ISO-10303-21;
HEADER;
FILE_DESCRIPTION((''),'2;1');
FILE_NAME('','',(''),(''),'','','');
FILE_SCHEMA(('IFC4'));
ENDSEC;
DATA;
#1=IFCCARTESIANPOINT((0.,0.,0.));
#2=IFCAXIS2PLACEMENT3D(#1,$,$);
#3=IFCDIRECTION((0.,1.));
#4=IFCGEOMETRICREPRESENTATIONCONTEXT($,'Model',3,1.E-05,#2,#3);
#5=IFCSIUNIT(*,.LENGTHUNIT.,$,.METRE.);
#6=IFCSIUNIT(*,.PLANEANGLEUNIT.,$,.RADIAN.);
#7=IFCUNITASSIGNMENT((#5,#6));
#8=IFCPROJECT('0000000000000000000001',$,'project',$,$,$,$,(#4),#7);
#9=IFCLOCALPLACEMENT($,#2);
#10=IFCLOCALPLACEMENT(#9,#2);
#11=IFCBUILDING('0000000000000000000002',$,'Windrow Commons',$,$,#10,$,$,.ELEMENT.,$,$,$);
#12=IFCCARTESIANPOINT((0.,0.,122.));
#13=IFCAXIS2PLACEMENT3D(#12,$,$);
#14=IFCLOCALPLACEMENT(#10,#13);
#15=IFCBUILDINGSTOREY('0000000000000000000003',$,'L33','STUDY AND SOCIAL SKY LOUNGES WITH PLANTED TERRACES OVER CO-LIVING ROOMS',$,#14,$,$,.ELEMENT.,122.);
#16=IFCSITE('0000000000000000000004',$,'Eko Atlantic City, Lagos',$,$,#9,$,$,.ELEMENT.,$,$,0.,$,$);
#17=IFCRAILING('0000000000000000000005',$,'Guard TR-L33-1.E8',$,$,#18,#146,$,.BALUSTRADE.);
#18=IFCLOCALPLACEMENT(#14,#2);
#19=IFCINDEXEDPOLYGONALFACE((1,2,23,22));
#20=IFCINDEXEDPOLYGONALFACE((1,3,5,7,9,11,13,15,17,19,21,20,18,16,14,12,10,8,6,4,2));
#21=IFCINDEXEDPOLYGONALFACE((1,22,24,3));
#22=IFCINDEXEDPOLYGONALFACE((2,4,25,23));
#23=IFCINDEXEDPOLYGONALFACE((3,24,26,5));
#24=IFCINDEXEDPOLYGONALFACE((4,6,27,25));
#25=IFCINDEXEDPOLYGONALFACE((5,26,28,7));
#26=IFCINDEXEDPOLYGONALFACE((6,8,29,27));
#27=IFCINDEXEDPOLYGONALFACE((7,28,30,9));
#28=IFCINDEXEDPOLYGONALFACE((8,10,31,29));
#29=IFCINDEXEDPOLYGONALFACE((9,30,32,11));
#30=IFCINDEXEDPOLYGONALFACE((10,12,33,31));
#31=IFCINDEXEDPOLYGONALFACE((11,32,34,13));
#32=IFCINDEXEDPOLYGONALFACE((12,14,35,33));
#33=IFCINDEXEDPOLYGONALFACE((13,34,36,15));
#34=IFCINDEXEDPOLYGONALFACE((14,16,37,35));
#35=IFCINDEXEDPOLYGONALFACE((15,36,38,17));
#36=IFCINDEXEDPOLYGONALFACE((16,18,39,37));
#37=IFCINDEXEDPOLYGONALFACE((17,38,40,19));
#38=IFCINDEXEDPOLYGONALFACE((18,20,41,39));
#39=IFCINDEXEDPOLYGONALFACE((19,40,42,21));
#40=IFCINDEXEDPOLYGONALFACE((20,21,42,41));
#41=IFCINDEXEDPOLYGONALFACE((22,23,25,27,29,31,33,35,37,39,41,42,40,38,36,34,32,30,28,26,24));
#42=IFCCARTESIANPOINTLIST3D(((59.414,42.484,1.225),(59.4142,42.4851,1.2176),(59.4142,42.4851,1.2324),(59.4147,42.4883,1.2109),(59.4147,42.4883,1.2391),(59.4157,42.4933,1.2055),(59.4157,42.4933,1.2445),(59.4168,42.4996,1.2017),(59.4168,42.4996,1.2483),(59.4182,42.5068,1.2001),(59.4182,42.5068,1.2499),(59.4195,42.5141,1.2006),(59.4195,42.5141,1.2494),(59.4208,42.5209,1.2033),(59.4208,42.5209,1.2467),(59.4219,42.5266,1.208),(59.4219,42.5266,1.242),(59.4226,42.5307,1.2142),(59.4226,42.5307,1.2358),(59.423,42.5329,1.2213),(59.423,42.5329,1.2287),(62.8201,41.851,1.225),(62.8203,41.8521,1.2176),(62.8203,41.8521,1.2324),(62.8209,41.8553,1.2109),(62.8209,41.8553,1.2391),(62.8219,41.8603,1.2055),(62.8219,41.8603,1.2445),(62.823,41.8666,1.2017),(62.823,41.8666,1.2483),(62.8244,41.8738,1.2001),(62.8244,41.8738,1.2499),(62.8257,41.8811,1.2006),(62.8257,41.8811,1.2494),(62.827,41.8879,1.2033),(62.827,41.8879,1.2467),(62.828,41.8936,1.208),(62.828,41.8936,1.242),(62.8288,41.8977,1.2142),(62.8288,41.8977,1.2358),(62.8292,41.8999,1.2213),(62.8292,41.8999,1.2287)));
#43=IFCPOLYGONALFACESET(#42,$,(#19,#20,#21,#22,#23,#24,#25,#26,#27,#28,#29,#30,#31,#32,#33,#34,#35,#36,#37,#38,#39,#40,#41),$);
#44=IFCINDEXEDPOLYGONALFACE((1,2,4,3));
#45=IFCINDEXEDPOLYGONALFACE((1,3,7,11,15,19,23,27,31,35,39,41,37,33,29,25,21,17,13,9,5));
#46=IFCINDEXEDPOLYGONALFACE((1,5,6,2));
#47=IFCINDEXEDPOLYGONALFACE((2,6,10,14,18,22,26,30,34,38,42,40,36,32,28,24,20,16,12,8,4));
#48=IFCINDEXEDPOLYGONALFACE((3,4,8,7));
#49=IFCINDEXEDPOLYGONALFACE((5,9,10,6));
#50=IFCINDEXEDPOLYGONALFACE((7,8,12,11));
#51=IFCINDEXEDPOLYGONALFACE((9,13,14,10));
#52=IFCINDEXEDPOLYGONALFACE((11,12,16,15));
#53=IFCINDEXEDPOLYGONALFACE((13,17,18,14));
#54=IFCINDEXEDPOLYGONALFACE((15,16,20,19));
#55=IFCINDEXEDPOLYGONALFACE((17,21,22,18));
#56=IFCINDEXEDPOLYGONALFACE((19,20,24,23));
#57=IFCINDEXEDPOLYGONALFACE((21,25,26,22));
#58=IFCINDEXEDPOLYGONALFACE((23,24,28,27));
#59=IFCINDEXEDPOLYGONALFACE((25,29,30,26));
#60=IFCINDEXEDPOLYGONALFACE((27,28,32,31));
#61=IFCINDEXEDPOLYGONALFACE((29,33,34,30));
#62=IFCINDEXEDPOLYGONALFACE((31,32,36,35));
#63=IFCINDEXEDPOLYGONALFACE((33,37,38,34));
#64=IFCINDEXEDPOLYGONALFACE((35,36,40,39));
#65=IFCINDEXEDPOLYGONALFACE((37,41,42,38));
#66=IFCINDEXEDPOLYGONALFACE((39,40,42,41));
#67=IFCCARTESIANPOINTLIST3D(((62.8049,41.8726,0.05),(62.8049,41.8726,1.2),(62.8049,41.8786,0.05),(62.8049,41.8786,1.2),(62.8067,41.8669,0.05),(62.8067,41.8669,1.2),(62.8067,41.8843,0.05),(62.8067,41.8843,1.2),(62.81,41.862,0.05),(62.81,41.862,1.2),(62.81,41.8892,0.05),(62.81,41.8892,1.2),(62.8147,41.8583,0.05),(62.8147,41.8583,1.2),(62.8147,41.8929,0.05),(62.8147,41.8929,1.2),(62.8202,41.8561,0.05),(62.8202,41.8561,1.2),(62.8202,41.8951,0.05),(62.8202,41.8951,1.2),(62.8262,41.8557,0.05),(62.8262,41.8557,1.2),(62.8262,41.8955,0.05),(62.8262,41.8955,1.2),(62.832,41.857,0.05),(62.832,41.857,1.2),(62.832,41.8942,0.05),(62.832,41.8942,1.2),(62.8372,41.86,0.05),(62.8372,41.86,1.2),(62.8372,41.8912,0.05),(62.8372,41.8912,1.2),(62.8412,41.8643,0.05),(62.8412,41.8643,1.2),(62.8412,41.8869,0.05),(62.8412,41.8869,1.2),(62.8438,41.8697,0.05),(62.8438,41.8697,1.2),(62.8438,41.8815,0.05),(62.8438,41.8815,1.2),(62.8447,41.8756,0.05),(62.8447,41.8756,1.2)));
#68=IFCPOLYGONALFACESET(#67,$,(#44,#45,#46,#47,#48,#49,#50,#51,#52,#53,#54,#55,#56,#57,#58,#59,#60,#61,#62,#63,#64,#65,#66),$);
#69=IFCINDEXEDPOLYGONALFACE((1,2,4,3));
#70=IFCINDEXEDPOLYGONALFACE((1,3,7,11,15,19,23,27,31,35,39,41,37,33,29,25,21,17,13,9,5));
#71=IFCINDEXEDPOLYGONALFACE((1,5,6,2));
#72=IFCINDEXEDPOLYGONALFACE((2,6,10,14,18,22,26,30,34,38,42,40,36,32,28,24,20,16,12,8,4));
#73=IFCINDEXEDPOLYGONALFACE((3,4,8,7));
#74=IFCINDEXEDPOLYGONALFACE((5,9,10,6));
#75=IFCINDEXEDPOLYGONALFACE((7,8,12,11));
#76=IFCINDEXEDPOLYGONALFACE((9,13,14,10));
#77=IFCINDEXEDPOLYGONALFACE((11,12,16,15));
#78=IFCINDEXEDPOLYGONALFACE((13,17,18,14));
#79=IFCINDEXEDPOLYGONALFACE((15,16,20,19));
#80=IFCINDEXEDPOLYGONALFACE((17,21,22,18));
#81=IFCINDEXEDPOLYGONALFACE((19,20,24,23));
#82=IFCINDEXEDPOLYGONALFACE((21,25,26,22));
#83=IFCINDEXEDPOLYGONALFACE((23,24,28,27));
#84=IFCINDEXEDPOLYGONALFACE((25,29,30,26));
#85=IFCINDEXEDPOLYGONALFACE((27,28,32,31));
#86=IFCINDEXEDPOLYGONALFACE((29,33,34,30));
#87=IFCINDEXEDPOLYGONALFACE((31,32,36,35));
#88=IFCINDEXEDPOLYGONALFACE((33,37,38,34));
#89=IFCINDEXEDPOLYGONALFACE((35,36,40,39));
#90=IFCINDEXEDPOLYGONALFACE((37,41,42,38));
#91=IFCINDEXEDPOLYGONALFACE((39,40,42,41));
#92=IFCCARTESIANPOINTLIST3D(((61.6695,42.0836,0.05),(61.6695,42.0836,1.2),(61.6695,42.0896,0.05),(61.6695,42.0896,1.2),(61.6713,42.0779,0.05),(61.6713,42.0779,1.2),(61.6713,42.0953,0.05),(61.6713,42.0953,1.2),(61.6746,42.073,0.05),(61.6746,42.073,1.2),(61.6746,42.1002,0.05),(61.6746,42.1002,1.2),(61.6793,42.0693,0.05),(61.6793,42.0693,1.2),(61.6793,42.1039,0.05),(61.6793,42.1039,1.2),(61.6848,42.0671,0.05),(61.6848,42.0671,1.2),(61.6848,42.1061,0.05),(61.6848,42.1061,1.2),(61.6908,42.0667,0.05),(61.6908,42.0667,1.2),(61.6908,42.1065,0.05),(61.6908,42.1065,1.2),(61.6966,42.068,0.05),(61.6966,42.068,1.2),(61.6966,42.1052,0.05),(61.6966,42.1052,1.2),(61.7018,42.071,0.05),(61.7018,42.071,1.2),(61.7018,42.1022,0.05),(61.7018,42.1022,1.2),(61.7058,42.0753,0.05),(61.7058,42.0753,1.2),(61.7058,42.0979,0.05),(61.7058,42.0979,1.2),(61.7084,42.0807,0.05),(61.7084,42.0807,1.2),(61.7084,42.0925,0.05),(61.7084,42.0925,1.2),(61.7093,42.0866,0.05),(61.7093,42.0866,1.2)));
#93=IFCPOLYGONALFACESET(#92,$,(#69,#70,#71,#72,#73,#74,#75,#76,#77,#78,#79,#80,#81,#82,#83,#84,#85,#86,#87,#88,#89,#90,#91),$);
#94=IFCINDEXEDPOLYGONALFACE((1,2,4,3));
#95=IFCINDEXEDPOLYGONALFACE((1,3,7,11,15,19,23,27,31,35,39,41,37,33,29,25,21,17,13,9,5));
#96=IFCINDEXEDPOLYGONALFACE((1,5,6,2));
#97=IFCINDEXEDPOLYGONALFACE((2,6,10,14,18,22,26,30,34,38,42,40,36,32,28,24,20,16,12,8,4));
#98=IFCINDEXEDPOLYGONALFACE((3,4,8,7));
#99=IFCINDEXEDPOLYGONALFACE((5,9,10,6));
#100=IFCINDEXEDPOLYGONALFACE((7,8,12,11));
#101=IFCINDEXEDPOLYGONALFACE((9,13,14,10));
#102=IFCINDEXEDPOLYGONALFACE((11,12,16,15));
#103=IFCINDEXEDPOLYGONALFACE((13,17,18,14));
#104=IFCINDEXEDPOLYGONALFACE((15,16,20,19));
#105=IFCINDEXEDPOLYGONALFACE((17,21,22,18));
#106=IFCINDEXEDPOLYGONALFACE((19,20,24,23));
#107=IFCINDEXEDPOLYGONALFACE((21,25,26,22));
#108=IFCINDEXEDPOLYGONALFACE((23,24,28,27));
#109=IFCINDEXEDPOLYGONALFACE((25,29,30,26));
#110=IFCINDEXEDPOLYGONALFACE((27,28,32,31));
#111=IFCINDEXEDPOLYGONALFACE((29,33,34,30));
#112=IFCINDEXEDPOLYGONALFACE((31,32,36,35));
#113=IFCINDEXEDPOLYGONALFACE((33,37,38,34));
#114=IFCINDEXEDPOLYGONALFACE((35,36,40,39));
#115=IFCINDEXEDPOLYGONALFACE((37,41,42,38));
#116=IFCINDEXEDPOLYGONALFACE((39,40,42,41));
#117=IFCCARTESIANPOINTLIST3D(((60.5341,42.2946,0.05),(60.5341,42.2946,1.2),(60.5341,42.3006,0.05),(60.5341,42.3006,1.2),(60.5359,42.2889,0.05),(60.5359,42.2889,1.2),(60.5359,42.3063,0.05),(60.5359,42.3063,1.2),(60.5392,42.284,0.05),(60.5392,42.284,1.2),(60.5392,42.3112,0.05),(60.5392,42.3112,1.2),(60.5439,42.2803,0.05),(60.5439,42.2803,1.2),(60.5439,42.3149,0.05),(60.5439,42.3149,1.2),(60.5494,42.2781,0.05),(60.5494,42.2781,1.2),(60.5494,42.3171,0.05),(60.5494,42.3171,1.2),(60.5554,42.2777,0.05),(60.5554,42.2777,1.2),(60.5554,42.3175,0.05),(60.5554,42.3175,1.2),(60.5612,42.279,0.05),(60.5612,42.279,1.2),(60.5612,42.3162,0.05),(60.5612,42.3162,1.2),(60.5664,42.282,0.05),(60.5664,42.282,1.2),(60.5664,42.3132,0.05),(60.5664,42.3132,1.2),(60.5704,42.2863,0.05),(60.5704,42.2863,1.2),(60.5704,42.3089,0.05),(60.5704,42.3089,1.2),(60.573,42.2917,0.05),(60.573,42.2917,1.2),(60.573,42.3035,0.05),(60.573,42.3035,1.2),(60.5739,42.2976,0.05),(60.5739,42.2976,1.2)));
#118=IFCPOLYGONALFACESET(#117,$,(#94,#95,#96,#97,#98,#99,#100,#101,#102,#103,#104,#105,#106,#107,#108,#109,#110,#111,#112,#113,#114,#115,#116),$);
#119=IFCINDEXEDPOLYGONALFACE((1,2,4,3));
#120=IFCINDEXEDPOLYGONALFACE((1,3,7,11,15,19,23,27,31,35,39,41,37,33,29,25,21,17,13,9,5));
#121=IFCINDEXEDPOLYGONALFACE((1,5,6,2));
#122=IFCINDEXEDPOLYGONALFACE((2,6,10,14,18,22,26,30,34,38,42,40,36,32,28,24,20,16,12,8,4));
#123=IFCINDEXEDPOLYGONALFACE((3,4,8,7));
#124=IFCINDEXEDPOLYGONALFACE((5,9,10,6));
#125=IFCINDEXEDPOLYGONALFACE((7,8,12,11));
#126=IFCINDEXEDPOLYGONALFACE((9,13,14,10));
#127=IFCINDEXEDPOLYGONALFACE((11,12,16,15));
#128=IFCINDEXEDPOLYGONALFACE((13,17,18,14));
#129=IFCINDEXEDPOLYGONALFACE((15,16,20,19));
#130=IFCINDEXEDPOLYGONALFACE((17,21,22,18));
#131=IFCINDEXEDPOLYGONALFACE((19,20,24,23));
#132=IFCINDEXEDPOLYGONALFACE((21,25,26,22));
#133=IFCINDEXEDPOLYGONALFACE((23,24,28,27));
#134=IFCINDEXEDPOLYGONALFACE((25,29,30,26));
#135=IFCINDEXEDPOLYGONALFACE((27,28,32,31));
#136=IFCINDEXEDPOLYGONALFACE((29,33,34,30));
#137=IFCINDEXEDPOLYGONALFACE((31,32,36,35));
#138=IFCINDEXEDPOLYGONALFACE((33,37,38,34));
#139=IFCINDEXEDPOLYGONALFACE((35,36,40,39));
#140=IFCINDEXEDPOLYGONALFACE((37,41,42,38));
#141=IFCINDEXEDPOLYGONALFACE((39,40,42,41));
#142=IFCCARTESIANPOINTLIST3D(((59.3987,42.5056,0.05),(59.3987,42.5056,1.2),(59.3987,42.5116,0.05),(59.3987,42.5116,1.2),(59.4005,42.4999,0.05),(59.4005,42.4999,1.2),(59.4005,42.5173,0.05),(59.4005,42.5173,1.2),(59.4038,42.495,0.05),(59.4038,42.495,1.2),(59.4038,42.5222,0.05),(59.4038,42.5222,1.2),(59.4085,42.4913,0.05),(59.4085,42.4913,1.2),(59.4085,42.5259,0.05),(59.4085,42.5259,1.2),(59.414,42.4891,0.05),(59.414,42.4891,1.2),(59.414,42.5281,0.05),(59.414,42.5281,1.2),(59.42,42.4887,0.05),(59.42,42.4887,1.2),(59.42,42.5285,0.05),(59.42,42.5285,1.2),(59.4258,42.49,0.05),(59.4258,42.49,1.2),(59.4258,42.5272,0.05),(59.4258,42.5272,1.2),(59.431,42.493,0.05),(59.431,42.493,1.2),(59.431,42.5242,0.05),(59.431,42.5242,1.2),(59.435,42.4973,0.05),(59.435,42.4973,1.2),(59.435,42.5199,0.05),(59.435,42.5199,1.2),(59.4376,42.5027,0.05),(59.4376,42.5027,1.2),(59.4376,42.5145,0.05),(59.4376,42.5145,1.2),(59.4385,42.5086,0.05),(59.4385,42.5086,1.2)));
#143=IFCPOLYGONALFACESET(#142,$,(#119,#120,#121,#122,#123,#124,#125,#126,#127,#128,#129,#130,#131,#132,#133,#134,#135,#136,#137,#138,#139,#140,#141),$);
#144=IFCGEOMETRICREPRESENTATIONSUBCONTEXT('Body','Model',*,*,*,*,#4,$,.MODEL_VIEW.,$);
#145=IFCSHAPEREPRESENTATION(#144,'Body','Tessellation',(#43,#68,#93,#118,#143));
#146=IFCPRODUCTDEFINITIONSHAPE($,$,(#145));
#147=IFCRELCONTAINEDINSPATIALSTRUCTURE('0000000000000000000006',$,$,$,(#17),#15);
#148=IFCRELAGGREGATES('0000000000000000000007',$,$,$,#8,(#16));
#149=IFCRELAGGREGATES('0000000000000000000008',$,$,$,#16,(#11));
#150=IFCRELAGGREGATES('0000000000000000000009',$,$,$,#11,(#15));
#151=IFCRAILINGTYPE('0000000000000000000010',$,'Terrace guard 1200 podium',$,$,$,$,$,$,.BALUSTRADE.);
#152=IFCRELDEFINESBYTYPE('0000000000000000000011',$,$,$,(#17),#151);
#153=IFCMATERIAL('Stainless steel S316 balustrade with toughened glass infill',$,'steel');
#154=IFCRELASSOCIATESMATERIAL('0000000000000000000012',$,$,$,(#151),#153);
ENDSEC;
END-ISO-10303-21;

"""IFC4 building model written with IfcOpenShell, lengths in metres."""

from ifc_helpers import new_model, si_unit, direction, frame, origin, origin_2d, place, context, subcontext, project, spatial, circle, extrude, material, type_object, element, save


model = new_model("IFC4")

# Units and contexts
model_context = context("Model", 3, precision=1e-05, world=origin(), true_north=direction((0.0, 1.0)))
body_context = subcontext(model_context, "Body", "Model", "MODEL_VIEW")
ifc_project = project(units=[si_unit("LENGTHUNIT", "METRE"), si_unit("PLANEANGLEUNIT", "RADIAN")], contexts=[model_context])

# Site, building, storey
site_placement = place(None, origin())
site = spatial("IfcSite", under=ifc_project, at=site_placement, Name="Eko Atlantic City, Lagos", CompositionType="ELEMENT", RefElevation=0.0)
building_placement = place(site_placement, origin())
building = spatial("IfcBuilding", under=site, at=building_placement, Name="Windrow Commons", CompositionType="ELEMENT")
storey_placement = place(building_placement, frame((0.0, 0.0, 122.0)))
storey = spatial("IfcBuildingStorey", under=building, at=storey_placement, Name="L33", Description="STUDY AND SOCIAL SKY LOUNGES WITH PLANTED TERRACES OVER CO-LIVING ROOMS", CompositionType="ELEMENT", Elevation=122.0)

# Railing
ifc_material_1 = material(Name="Stainless steel S316 balustrade with toughened glass infill", Category="steel")
railing_type = type_object("IfcRailingType", Name="Terrace guard 1200 podium", PredefinedType="BALUSTRADE", material=ifc_material_1)
railing_1_placement = place(storey_placement, frame((62.8247, 41.8756, 0.05)))
element("IfcRailing", 1, at=railing_1_placement, inside=storey, type_object=railing_type, Name="Guard TR-L33-1.E8", PredefinedType="BALUSTRADE", context=body_context, shape_type="SweptSolid", body=[
    extrude(circle(Radius=0.025, at=origin_2d()), frame((0.0, 0.0, 1.175), z_axis=(-0.983167, 0.182709, 0.0), x_axis=(-0.182709, -0.983167, 0.0)), (0.0, 0.0, 1.0), 3.4645),
    extrude(circle(Radius=0.02, at=origin_2d()), origin(), (0.0, 0.0, 1.0), 1.15),
    extrude(circle(Radius=0.02, at=origin_2d()), frame((-1.1354, 0.211, 0.0)), (0.0, 0.0, 1.0), 1.15),
    extrude(circle(Radius=0.02, at=origin_2d()), frame((-2.2708, 0.422, 0.0)), (0.0, 0.0, 1.0), 1.15),
    extrude(circle(Radius=0.02, at=origin_2d()), frame((-3.4062, 0.633, 0.0)), (0.0, 0.0, 1.0), 1.15),
])

save(model, "model.ifc")
